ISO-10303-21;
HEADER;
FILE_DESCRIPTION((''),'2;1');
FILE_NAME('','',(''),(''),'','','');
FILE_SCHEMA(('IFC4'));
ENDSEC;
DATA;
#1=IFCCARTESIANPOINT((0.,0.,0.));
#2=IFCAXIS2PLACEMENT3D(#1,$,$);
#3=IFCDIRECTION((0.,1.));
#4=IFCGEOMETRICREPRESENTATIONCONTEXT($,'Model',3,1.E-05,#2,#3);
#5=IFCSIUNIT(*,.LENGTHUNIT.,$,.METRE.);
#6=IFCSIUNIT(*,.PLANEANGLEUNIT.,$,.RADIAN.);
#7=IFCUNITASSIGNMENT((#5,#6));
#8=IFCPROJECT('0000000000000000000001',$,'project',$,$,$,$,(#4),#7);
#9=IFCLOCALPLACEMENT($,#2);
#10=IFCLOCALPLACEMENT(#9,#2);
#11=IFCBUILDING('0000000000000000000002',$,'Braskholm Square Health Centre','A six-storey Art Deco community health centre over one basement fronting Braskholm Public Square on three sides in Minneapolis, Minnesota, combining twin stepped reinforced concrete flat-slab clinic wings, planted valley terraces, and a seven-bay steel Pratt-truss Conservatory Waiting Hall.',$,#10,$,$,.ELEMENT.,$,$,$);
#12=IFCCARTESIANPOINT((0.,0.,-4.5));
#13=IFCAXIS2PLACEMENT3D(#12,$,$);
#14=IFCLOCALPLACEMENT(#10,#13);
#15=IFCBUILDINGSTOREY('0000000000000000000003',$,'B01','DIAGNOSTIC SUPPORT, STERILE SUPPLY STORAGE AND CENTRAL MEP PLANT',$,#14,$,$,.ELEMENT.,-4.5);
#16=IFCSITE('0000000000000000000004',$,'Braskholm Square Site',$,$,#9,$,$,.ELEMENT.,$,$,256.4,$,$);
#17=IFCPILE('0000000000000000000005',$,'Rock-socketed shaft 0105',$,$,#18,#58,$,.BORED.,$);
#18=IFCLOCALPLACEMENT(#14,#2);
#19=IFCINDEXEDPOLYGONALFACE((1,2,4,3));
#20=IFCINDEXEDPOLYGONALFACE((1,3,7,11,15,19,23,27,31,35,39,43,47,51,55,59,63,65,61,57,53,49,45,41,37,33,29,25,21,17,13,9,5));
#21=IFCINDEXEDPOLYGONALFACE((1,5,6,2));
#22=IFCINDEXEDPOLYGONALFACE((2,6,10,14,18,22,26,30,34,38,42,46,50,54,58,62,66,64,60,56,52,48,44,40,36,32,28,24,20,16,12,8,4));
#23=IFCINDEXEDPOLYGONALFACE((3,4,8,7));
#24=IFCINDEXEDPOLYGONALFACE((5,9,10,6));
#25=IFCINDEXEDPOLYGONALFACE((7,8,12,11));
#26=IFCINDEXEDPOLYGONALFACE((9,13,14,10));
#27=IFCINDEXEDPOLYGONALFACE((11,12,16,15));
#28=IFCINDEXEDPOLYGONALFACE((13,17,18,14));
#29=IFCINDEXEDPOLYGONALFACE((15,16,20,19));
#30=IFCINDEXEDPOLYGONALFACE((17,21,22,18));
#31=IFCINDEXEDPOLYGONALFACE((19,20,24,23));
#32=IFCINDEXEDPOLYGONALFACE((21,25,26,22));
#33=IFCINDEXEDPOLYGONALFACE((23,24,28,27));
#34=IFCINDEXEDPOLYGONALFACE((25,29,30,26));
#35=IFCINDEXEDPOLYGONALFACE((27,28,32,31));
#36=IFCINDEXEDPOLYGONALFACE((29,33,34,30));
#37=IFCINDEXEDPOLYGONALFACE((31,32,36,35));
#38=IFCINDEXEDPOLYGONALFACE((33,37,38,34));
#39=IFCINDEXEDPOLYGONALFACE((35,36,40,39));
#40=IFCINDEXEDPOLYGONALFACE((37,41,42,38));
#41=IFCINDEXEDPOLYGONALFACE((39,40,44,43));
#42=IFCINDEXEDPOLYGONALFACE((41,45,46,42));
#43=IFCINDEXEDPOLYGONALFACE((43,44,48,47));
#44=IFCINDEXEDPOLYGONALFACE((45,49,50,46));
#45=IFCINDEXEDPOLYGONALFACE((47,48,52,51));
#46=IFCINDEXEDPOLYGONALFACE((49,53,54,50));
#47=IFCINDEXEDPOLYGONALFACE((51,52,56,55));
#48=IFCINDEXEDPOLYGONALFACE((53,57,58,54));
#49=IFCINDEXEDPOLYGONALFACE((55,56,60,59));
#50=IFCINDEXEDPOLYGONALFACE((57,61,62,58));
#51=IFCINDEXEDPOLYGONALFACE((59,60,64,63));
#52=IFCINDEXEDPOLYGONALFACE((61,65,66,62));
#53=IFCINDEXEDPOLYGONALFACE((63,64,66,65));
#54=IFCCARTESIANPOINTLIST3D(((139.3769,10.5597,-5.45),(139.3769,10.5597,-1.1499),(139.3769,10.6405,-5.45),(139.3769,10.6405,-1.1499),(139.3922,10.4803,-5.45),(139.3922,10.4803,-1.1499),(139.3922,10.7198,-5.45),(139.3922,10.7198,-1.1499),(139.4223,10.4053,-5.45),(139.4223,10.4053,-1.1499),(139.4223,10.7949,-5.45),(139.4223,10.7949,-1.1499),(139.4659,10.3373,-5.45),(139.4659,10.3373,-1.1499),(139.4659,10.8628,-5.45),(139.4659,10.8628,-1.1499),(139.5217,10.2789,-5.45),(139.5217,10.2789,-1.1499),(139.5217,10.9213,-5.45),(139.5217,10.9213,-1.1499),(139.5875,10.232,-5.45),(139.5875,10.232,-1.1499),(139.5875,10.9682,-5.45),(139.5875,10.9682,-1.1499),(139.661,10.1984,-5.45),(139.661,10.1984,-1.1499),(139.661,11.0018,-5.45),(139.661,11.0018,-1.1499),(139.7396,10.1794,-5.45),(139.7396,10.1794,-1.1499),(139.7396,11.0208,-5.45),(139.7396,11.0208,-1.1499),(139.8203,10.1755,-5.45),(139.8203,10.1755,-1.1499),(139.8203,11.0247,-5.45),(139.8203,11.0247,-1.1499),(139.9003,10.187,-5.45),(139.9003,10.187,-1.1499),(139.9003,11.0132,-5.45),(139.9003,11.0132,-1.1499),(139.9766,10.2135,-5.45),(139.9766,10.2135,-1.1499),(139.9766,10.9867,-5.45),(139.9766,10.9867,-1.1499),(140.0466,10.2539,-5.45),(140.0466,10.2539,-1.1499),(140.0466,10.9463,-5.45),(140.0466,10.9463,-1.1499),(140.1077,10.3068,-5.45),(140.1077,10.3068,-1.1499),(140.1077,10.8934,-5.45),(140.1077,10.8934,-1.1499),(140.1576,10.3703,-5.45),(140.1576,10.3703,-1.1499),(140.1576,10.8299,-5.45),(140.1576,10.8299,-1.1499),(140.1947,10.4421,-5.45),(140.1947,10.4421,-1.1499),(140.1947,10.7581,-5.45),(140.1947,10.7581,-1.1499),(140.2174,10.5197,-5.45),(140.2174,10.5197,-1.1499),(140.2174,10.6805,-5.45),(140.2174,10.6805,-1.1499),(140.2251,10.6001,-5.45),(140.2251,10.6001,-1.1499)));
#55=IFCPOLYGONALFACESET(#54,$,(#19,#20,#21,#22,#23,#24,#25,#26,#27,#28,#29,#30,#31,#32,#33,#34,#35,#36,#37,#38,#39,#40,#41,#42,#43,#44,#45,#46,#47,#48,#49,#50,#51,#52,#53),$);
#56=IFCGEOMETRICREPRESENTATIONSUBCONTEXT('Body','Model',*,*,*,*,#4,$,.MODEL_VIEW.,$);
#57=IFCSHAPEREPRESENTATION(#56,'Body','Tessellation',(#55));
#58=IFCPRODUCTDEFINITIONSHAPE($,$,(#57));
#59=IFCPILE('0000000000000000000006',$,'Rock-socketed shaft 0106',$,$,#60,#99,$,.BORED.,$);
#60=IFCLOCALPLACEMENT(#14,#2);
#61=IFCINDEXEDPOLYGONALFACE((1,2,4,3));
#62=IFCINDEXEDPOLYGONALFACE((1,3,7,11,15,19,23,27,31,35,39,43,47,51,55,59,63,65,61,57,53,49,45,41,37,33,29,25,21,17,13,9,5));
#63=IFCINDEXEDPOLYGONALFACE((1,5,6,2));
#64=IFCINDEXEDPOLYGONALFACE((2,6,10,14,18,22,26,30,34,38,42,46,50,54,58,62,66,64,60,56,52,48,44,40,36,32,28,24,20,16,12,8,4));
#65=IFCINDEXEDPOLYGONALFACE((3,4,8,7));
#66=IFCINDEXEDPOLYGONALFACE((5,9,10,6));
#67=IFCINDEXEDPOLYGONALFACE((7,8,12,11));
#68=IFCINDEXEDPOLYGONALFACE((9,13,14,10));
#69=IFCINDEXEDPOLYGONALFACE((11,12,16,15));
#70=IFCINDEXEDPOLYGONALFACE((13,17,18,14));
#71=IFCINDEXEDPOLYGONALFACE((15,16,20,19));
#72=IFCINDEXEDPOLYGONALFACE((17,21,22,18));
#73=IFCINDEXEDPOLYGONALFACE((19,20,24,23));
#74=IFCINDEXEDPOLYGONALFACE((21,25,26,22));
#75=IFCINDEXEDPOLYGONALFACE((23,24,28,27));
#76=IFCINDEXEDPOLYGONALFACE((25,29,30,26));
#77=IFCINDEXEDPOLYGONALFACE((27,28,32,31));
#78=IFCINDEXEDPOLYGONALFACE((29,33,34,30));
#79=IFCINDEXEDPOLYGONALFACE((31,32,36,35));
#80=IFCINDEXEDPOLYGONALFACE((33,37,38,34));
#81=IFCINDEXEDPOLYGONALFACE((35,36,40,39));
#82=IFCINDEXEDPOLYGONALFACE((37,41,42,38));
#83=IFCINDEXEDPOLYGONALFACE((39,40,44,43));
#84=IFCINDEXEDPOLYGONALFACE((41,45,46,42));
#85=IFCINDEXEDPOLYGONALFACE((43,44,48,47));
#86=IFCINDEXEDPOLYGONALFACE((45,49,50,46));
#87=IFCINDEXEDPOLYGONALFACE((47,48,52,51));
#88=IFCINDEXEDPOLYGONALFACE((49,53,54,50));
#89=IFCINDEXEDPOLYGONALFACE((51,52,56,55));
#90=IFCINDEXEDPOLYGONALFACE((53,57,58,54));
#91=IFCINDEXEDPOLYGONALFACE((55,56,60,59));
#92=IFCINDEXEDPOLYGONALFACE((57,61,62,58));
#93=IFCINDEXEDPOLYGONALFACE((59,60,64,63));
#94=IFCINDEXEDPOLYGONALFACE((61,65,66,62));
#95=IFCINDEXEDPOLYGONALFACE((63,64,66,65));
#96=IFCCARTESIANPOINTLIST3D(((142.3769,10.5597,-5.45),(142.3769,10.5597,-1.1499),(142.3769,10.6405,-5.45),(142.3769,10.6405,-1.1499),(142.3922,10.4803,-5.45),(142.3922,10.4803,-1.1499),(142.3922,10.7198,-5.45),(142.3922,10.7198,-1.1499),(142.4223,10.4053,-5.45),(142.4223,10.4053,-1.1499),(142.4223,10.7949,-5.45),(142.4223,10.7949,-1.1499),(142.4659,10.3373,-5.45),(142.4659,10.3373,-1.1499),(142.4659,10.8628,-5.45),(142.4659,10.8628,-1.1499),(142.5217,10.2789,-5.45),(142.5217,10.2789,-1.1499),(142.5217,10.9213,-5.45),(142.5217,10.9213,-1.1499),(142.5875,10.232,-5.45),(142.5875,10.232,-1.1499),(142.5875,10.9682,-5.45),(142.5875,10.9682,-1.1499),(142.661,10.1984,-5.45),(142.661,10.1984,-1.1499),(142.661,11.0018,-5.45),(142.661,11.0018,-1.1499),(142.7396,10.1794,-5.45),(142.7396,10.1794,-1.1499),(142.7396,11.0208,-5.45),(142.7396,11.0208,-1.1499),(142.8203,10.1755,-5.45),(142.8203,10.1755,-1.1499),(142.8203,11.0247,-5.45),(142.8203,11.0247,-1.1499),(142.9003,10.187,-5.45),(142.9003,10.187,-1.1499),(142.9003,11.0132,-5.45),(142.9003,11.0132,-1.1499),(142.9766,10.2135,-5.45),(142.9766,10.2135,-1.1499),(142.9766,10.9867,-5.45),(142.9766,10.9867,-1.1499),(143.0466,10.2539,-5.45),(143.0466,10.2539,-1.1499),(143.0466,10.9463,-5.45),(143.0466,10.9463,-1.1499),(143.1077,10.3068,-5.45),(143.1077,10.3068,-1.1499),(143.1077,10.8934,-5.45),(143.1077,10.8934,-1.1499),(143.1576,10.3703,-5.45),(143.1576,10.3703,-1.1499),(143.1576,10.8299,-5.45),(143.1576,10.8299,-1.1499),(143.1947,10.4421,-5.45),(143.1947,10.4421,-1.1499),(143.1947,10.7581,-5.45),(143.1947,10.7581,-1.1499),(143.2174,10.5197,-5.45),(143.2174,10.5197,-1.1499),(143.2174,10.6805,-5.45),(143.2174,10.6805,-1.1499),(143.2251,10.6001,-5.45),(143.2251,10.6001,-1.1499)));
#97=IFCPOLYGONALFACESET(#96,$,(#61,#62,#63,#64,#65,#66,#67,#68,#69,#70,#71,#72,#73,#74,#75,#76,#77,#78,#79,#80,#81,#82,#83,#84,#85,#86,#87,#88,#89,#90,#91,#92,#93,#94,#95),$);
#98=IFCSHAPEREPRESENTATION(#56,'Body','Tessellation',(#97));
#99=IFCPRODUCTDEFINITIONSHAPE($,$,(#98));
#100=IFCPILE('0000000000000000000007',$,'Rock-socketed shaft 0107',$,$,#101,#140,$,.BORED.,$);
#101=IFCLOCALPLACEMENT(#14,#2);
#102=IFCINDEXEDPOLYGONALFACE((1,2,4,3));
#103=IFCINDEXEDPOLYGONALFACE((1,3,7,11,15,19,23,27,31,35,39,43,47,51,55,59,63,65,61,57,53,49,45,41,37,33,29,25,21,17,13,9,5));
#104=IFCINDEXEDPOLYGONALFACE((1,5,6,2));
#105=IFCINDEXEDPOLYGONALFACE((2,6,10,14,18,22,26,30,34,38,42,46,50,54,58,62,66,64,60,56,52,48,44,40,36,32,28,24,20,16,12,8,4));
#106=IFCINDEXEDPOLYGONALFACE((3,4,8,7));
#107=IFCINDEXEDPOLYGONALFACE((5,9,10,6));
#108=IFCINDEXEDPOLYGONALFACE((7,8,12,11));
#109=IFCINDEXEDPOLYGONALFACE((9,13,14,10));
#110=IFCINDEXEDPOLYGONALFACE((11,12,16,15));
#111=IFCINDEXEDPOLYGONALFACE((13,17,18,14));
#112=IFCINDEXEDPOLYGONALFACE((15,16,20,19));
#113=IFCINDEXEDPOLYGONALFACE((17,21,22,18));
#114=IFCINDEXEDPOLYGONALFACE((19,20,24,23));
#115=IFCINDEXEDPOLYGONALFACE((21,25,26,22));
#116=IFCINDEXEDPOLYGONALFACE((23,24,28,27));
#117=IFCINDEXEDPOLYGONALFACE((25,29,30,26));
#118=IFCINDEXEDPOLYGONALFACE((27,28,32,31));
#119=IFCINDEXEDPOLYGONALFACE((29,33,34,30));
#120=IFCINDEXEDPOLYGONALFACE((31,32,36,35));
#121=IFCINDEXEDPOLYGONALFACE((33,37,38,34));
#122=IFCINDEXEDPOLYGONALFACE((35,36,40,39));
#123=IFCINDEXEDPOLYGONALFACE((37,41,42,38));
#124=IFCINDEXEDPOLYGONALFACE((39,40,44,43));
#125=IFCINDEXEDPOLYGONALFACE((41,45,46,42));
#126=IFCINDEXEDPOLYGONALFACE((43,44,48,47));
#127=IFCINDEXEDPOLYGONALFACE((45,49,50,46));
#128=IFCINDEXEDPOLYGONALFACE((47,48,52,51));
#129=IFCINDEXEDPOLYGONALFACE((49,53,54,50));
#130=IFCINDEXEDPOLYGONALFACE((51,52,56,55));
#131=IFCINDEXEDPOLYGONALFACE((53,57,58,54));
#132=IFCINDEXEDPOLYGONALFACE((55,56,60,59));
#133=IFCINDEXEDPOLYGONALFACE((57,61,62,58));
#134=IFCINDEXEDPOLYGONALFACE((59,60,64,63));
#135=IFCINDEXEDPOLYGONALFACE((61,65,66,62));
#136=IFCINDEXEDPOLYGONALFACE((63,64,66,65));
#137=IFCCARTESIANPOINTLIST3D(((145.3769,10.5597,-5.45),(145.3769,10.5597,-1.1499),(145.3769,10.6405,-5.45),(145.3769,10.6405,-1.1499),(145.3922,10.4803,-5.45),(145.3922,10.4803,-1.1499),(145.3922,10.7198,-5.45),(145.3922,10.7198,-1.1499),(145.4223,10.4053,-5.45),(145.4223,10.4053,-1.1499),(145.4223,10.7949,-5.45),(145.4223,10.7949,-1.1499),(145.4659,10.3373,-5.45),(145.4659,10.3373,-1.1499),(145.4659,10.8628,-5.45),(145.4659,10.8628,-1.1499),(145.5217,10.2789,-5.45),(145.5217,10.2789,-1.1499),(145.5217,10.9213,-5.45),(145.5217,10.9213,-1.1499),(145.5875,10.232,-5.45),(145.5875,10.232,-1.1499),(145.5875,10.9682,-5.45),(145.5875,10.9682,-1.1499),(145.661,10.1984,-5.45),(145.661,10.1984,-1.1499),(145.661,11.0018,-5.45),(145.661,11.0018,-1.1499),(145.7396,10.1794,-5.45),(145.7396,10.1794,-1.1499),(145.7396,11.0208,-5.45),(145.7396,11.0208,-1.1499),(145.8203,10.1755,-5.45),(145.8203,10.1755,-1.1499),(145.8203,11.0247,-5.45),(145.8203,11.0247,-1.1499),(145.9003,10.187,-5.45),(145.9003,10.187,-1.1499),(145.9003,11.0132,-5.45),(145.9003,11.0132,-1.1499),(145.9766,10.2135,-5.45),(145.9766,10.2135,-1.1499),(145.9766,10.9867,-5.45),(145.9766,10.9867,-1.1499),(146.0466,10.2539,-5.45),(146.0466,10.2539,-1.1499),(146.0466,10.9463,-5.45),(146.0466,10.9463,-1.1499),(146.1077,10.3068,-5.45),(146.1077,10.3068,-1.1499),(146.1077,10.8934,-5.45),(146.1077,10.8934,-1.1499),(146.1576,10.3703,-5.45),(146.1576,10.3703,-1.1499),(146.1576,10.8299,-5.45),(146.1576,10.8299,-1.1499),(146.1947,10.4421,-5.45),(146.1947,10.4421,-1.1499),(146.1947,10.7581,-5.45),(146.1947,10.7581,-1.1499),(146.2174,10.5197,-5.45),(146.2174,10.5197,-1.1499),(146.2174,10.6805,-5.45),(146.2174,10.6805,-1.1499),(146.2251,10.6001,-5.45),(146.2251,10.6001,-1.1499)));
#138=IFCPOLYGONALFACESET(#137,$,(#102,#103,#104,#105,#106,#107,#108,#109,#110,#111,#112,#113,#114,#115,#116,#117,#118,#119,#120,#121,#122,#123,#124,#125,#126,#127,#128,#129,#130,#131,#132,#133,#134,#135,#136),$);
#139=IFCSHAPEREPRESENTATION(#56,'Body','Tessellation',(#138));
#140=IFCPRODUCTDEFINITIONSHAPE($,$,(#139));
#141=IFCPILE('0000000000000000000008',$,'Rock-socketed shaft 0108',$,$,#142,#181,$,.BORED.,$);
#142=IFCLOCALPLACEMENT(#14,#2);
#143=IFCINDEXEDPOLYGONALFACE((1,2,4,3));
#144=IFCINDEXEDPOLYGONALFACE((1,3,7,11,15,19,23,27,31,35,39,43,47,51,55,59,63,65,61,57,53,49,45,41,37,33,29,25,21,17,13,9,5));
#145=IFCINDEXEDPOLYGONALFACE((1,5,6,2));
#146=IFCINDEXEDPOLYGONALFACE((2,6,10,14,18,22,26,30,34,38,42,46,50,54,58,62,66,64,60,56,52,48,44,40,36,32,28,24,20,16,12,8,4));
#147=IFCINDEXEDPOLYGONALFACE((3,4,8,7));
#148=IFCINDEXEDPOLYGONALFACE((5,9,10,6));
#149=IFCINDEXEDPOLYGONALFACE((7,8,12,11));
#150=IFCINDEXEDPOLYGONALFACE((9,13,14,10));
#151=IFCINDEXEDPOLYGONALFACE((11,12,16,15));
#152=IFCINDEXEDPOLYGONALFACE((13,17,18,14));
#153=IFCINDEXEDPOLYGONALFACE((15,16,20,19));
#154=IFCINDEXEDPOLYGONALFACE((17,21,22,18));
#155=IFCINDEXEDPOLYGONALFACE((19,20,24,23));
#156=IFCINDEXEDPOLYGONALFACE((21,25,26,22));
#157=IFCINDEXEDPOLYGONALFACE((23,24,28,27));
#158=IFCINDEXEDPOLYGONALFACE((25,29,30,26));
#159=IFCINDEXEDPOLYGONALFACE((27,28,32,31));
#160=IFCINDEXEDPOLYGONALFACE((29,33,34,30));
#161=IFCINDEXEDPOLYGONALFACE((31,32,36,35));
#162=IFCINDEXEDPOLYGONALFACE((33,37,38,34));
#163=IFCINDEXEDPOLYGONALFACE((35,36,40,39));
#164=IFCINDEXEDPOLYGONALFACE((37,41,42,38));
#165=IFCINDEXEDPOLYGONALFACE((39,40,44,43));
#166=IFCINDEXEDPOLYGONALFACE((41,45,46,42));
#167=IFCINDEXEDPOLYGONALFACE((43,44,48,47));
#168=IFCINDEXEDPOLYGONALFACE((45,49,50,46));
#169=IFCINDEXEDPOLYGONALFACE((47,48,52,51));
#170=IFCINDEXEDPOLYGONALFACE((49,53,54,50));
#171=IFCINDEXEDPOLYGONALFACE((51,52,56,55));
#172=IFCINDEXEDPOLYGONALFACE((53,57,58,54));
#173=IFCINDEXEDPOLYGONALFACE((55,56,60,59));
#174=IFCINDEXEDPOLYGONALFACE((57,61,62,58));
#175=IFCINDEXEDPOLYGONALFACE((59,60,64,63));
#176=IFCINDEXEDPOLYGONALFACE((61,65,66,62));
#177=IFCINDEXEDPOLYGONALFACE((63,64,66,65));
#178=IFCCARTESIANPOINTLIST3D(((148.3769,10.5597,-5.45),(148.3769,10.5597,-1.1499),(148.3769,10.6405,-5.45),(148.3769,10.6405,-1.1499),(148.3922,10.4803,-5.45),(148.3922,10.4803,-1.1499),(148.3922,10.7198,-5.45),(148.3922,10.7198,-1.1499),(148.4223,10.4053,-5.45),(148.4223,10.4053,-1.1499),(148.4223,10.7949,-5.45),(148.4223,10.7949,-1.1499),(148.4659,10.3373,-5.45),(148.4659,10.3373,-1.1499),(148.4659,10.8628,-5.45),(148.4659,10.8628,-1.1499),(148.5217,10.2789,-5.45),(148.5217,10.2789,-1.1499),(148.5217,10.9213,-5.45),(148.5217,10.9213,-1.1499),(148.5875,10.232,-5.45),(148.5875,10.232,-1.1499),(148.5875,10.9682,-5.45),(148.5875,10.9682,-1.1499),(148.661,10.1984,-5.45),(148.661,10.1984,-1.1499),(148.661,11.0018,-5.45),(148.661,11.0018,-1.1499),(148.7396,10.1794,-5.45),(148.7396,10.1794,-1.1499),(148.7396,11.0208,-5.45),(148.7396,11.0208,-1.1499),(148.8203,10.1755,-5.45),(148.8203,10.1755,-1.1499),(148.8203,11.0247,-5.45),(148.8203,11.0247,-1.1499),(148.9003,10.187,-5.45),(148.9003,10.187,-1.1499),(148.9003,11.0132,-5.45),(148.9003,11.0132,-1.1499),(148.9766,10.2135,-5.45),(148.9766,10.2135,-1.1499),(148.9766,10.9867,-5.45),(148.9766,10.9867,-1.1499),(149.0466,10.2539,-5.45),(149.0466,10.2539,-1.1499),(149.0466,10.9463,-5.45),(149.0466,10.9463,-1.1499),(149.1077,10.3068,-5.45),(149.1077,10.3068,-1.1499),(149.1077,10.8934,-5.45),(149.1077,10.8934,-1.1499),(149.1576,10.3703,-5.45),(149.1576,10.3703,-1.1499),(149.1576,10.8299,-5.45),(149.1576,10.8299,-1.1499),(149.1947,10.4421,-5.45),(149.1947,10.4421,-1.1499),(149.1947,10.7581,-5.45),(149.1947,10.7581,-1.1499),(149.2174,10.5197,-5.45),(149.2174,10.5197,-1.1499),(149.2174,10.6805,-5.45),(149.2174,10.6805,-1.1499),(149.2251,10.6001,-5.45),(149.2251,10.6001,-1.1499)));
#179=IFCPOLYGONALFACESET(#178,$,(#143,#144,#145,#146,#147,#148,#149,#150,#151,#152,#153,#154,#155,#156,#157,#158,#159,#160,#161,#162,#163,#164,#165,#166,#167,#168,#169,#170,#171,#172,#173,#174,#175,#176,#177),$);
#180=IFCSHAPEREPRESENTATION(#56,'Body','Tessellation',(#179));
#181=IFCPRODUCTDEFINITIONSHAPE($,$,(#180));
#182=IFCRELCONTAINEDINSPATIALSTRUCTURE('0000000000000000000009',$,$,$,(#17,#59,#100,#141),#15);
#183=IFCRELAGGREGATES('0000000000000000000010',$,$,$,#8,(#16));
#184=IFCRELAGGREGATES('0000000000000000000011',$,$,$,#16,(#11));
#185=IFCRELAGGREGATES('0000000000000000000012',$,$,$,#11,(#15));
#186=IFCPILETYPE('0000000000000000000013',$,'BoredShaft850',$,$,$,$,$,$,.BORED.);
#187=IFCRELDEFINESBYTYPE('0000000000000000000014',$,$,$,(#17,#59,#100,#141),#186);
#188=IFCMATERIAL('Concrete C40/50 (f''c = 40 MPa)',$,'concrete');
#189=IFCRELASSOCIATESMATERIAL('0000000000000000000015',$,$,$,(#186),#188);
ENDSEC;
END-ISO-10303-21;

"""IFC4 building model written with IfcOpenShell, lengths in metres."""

from ifc_helpers import new_model, si_unit, direction, frame, origin, origin_2d, place, context, subcontext, project, spatial, circle, extrude, material, material_profile, profile_set, type_object, element, save


model = new_model("IFC4")

# Units and contexts
model_context = context("Model", 3, precision=1e-05, world=origin(), true_north=direction((0.0, 1.0)))
body_context = subcontext(model_context, "Body", "Model", "MODEL_VIEW")
ifc_project = project(units=[si_unit("LENGTHUNIT", "METRE"), si_unit("PLANEANGLEUNIT", "RADIAN")], contexts=[model_context])

# Site, building, storey
site_placement = place(None, origin())
site = spatial("IfcSite", under=ifc_project, at=site_placement, Name="Braskholm Square Site", CompositionType="ELEMENT", RefElevation=256.4)
building_placement = place(site_placement, origin())
building = spatial("IfcBuilding", under=site, at=building_placement, Name="Braskholm Square Health Centre", Description="A six-storey Art Deco community health centre over one basement fronting Braskholm Public Square on three sides in Minneapolis, Minnesota, combining twin stepped reinforced concrete flat-slab clinic wings, planted valley terraces, and a seven-bay steel Pratt-truss Conservatory Waiting Hall.", CompositionType="ELEMENT")
storey_placement = place(building_placement, frame((0.0, 0.0, -4.5)))
storey = spatial("IfcBuildingStorey", under=building, at=storey_placement, Name="B01", Description="DIAGNOSTIC SUPPORT, STERILE SUPPLY STORAGE AND CENTRAL MEP PLANT", CompositionType="ELEMENT", Elevation=-4.5)

# Piles
ifc_material_1 = material(Name="Concrete C40/50 (f'c = 40 MPa)", Category="concrete")
ifc_material_profile_1 = material_profile(ifc_material_1, circle(Radius=0.425, at=origin_2d()), Name="BORED-PILE-850")
ifc_profile_set_1 = profile_set([ifc_material_profile_1], Name="Concrete C40/50 (f'c = 40 MPa)")
pile_type_1 = type_object("IfcPileType", Name="BoredShaft850", PredefinedType="BORED", material=ifc_profile_set_1)
for number, where, z_axis, x_axis, name in (
    (1, (139.8, 10.6001, -1.1499), (0.0, 0.0, -1.0), (1.0, 0.0, 0.0), "Rock-socketed shaft 0105"),
    (2, (142.8, 10.6001, -1.1499), (0.0, 0.0, -1.0), (1.0, 0.0, 0.0), "Rock-socketed shaft 0106"),
    (3, (145.8, 10.6001, -1.1499), (0.0, 0.0, -1.0), (1.0, 0.0, 0.0), "Rock-socketed shaft 0107"),
    (4, (148.8, 10.6001, -1.1499), (0.0, 0.0, -1.0), (1.0, 0.0, 0.0), "Rock-socketed shaft 0108"),
):
    element("IfcPile", number, at=place(storey_placement, frame(where, z_axis=z_axis, x_axis=x_axis)), inside=storey, type_object=pile_type_1, Name=name, PredefinedType="BORED", context=body_context, shape_type="SweptSolid", body=[
        extrude(circle(Radius=0.425, at=origin_2d()), origin(), (0.0, 0.0, 1.0), 4.3),
    ])

save(model, "model.ifc")
